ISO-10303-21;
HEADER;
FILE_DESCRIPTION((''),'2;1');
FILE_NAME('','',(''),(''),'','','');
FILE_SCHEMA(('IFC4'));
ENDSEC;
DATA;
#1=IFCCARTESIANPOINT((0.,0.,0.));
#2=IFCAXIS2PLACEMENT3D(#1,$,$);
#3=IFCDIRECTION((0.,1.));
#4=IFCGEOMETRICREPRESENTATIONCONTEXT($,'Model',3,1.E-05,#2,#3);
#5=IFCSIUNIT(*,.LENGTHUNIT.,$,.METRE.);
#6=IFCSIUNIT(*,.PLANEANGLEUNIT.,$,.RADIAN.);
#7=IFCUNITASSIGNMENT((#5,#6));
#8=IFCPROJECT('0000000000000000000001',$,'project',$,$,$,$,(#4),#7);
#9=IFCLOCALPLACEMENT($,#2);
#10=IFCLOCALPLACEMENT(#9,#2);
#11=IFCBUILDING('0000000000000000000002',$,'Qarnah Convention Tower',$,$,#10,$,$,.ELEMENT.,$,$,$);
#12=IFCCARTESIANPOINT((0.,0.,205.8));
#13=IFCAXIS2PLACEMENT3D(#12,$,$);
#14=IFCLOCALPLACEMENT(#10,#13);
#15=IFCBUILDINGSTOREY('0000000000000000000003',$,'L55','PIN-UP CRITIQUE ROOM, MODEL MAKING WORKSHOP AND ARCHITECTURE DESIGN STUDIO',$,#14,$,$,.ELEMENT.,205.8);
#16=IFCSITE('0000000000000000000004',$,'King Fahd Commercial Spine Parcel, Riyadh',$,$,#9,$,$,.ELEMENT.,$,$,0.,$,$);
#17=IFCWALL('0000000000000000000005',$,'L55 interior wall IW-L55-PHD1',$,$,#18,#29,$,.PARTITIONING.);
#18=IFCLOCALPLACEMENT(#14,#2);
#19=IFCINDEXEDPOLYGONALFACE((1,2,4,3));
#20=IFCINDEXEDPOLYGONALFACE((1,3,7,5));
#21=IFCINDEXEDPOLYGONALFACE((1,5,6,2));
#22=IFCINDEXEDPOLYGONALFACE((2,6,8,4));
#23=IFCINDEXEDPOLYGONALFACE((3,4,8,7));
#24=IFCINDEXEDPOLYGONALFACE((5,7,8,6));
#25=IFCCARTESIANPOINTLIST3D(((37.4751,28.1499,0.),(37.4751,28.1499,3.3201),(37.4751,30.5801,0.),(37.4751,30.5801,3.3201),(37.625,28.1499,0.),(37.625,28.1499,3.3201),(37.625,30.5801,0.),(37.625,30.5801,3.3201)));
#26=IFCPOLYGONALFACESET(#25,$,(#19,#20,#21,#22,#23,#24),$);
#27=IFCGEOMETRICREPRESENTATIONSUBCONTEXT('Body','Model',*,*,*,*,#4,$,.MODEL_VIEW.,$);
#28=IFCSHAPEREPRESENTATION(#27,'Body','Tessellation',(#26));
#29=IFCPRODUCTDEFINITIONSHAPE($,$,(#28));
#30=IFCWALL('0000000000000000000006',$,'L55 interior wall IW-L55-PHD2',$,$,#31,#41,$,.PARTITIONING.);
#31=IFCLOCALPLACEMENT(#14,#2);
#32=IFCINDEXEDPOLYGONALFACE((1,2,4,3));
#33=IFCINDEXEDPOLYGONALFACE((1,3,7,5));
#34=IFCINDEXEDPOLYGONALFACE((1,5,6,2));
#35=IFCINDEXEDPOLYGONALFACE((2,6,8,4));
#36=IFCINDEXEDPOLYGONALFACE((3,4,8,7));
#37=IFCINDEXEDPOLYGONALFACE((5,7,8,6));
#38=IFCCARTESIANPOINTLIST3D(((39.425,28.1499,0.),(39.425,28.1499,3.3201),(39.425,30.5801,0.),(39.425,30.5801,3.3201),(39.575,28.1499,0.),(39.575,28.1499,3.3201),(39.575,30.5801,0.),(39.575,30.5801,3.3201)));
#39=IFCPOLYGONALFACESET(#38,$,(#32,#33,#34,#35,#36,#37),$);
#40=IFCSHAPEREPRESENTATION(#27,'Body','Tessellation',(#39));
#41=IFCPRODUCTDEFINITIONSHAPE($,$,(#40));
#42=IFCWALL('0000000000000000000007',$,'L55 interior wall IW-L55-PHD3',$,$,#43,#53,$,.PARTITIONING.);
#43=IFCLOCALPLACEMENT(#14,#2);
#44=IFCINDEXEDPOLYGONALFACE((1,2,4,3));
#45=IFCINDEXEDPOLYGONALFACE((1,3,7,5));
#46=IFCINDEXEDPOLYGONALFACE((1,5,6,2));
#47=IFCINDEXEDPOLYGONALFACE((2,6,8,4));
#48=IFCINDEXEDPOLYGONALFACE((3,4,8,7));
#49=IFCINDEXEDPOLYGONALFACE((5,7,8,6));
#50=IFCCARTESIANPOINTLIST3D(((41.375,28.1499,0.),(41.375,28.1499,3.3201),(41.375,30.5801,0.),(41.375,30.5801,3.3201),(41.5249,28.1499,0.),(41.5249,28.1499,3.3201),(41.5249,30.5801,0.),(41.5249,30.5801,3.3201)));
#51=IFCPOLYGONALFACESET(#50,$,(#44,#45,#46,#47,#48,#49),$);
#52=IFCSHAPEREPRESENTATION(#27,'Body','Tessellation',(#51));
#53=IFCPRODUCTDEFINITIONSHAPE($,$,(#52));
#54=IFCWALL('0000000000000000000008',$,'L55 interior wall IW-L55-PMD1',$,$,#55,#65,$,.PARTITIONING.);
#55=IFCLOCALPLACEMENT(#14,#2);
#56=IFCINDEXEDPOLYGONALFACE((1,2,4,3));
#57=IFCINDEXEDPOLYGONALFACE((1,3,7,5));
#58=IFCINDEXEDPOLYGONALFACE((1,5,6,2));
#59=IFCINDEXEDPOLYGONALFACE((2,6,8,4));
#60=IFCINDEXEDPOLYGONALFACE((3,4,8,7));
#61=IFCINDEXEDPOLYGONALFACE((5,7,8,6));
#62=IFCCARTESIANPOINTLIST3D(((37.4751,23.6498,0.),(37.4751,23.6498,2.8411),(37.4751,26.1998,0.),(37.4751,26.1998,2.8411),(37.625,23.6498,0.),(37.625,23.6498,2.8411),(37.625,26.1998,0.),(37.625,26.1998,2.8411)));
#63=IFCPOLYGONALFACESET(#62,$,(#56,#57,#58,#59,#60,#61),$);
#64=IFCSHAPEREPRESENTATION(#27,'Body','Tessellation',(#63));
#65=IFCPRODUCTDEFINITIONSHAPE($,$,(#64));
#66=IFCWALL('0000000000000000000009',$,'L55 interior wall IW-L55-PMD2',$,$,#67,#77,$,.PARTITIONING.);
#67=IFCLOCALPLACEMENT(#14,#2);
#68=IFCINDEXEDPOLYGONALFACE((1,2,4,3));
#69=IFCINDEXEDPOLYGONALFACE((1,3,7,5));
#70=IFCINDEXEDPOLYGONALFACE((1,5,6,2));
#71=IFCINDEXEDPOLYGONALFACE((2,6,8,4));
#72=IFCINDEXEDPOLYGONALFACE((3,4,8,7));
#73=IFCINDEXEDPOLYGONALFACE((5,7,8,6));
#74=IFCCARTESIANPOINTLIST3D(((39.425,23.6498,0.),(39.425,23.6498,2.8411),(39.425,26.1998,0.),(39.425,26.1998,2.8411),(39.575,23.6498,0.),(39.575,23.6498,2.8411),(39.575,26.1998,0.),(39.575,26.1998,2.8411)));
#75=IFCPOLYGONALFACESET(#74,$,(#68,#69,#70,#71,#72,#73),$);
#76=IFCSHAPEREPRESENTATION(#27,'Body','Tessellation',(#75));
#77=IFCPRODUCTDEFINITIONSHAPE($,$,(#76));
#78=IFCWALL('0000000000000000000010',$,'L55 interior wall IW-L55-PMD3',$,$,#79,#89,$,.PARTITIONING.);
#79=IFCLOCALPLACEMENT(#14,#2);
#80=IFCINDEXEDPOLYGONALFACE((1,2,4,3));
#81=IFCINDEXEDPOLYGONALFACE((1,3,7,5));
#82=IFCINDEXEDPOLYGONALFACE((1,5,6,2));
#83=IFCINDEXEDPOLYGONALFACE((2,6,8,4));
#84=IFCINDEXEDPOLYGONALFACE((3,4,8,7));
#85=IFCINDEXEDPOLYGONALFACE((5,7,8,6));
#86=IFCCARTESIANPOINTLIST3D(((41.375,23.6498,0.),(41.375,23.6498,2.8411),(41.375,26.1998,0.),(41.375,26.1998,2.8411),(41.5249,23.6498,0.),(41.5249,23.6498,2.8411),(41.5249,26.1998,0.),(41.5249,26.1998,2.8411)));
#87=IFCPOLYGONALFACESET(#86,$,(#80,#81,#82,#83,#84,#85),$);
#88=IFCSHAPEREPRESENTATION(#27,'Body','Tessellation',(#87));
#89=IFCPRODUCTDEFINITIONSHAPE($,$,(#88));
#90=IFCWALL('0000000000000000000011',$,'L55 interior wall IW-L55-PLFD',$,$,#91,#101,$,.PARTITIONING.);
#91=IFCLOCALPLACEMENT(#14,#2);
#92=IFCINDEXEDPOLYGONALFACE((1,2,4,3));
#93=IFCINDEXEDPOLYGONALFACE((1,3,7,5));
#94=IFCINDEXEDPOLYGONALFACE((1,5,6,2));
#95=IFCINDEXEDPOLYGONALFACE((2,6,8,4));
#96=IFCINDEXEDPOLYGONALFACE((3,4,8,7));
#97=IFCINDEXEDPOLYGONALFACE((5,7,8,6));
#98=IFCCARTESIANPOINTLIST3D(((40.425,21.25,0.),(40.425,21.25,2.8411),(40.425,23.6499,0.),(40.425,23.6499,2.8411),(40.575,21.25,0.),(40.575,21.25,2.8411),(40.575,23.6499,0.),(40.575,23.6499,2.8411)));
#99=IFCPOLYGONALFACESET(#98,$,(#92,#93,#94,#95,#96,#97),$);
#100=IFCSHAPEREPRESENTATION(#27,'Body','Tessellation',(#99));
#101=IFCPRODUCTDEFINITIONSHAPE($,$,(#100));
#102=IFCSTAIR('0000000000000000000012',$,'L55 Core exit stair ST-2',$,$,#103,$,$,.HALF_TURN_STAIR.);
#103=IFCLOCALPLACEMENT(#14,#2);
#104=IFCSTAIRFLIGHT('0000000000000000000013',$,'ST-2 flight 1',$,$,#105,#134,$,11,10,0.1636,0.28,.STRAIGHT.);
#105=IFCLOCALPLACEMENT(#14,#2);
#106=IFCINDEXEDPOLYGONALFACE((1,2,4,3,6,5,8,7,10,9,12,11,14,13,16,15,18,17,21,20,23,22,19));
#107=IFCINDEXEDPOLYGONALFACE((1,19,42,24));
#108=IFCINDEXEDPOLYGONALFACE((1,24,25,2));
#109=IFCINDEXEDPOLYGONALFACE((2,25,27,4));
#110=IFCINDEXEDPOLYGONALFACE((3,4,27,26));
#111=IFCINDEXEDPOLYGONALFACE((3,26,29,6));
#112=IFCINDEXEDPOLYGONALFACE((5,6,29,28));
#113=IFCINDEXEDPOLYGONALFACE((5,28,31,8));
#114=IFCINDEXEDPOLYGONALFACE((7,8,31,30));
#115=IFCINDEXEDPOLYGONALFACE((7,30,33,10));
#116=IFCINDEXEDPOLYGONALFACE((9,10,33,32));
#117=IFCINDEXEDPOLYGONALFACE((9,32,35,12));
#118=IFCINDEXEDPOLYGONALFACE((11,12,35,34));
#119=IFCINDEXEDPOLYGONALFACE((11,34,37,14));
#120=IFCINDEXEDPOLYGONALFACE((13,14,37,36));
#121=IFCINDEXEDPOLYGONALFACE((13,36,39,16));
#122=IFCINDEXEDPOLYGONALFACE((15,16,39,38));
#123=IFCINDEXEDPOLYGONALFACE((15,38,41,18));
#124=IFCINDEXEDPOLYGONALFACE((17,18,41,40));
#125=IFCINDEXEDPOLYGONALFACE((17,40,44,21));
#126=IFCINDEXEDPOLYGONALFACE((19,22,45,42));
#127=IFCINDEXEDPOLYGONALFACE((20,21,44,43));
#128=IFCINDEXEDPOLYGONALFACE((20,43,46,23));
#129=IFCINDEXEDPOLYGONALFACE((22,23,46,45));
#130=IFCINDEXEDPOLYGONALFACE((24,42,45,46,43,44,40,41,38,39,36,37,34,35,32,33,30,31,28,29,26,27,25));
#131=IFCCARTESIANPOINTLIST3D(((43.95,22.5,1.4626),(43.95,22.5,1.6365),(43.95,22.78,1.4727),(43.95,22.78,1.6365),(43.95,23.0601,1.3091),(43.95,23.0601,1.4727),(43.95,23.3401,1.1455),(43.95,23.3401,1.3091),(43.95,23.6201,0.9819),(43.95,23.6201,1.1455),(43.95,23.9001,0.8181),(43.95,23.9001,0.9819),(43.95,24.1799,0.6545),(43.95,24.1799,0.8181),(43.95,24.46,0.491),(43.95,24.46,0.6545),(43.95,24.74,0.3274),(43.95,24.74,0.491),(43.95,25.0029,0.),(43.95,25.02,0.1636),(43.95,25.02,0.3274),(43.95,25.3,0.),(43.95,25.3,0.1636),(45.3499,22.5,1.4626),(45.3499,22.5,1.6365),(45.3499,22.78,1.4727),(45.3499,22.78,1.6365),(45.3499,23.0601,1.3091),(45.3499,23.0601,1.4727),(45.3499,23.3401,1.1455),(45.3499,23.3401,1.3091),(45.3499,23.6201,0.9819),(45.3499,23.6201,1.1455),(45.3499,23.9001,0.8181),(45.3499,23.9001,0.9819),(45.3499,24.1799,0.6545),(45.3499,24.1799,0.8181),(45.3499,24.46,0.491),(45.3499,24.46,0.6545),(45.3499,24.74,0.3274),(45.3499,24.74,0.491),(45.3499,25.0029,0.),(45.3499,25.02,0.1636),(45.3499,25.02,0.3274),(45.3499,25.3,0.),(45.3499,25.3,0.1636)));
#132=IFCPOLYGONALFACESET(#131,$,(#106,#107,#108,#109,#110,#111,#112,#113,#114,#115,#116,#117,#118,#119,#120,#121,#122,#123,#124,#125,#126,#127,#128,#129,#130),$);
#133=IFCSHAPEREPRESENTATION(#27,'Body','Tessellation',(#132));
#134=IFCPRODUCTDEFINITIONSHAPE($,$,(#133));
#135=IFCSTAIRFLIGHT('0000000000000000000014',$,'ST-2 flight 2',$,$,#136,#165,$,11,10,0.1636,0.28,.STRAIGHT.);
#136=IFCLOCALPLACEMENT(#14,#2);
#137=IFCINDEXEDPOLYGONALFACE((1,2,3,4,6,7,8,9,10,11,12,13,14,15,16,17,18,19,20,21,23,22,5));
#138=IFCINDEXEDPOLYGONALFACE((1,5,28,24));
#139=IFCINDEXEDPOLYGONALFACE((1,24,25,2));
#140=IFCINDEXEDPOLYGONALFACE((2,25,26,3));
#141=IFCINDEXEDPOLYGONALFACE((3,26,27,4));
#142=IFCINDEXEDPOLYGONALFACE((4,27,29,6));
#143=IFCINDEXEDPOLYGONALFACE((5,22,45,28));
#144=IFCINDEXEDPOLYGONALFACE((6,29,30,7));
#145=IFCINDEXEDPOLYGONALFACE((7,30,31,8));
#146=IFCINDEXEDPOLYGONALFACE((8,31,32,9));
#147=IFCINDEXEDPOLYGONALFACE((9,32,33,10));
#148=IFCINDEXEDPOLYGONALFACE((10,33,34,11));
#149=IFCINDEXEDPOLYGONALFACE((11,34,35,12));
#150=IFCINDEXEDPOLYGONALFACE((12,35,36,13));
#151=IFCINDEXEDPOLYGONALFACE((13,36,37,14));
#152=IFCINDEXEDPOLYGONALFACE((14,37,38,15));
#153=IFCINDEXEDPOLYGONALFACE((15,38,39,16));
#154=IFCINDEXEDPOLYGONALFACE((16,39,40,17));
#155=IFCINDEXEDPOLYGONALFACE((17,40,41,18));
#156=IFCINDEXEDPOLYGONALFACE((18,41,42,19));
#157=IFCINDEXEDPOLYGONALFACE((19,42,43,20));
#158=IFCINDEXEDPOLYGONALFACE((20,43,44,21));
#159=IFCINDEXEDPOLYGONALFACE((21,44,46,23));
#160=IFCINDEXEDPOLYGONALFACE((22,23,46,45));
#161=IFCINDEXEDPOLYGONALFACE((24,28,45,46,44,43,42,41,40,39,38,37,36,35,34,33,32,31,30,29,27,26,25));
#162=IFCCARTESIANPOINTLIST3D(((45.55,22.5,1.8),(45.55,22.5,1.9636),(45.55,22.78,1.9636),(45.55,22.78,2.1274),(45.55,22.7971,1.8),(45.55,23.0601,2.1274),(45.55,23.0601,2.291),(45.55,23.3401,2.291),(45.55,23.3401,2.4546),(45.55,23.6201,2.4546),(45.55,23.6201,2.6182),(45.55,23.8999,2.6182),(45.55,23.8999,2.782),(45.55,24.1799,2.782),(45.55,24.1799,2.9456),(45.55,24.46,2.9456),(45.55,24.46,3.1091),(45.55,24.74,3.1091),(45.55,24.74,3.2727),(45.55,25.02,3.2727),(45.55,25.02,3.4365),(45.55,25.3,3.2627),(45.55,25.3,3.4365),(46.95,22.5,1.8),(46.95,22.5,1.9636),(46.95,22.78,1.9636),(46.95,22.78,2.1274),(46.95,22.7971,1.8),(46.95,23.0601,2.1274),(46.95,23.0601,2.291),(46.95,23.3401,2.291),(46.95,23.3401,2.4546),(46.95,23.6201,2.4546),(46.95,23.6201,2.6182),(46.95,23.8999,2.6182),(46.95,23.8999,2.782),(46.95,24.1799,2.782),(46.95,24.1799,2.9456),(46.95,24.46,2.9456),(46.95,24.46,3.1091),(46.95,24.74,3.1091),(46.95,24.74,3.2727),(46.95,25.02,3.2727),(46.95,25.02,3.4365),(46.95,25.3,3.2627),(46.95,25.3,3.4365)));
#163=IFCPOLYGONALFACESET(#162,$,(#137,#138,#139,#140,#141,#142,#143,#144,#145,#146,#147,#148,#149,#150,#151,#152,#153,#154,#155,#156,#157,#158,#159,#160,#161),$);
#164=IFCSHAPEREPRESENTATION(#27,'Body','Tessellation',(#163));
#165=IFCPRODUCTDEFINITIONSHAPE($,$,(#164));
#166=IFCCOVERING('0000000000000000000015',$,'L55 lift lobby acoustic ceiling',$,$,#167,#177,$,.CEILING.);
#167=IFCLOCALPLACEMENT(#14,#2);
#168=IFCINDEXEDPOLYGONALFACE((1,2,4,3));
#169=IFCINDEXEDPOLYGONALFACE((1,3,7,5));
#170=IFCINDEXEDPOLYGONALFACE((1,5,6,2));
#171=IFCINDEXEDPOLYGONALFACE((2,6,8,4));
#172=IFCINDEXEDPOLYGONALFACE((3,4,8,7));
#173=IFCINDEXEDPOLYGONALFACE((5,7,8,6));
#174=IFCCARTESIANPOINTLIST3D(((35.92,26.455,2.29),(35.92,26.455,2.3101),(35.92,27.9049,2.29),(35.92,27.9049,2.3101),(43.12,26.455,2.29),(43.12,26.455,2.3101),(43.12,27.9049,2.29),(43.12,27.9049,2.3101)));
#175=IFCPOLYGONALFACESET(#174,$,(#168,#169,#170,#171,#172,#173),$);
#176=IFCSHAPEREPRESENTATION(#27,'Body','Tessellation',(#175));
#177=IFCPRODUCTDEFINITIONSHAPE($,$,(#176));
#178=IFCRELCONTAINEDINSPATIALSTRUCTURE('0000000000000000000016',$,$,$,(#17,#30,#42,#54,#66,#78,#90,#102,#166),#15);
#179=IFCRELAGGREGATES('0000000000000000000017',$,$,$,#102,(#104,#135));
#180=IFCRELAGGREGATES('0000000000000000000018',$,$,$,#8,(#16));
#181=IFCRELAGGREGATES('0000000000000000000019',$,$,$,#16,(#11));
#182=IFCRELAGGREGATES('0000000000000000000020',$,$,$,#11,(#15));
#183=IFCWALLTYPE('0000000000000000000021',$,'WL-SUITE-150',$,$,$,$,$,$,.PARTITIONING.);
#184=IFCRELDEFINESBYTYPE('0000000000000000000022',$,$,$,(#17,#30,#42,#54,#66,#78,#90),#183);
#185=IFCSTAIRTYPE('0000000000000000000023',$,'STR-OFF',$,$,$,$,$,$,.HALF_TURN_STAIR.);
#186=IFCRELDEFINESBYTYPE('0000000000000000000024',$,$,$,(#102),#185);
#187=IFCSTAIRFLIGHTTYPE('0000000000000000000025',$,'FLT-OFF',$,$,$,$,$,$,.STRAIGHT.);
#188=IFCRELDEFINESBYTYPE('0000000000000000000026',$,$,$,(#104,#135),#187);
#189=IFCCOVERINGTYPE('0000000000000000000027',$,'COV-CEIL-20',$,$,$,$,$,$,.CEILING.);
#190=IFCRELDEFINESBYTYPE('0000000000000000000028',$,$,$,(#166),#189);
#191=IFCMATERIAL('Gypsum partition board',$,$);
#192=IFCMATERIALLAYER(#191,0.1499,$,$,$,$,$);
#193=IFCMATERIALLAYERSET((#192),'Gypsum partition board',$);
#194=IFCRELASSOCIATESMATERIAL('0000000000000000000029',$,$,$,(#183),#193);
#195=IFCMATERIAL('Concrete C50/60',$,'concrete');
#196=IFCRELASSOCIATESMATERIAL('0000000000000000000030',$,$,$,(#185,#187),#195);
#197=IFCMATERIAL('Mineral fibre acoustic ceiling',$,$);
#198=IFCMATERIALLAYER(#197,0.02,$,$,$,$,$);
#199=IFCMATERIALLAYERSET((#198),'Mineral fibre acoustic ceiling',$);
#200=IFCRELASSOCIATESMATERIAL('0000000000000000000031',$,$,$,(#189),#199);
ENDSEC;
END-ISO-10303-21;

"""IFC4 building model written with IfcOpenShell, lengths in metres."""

from ifc_helpers import new_model, si_unit, direction, frame, frame_2d, origin, origin_2d, place, context, subcontext, project, spatial, polyline, rectangle, outline, extrude, material, layer, layer_set, type_object, element, aggregate, save


model = new_model("IFC4")

# Units and contexts
model_context = context("Model", 3, precision=1e-05, world=origin(), true_north=direction((0.0, 1.0)))
body_context = subcontext(model_context, "Body", "Model", "MODEL_VIEW")
ifc_project = project(units=[si_unit("LENGTHUNIT", "METRE"), si_unit("PLANEANGLEUNIT", "RADIAN")], contexts=[model_context])

# Site, building, storey
site_placement = place(None, origin())
site = spatial("IfcSite", under=ifc_project, at=site_placement, Name="King Fahd Commercial Spine Parcel, Riyadh", CompositionType="ELEMENT", RefElevation=0.0)
building_placement = place(site_placement, origin())
building = spatial("IfcBuilding", under=site, at=building_placement, Name="Qarnah Convention Tower", CompositionType="ELEMENT")
storey_placement = place(building_placement, frame((0.0, 0.0, 205.8)))
storey = spatial("IfcBuildingStorey", under=building, at=storey_placement, Name="L55", Description="PIN-UP CRITIQUE ROOM, MODEL MAKING WORKSHOP AND ARCHITECTURE DESIGN STUDIO", CompositionType="ELEMENT", Elevation=205.8)

# Shared definitions
ifc_material_1 = material(Name="Concrete C50/60", Category="concrete")

# Walls
ifc_material_2 = material(Name="Gypsum partition board")
ifc_layer_1 = layer(ifc_material_2, 0.1499)
ifc_layer_set_1 = layer_set([ifc_layer_1], Name="Gypsum partition board")
wall_type_1 = type_object("IfcWallType", Name="WL-SUITE-150", PredefinedType="PARTITIONING", material=ifc_layer_set_1)
for number, where, z_axis, x_axis, name in (
    (1, (37.55, 28.1499, 0.0), (0.0, 0.0, 1.0), (0.0, 1.0, 0.0), "L55 interior wall IW-L55-PHD1"),
    (2, (39.5, 28.1499, 0.0), (0.0, 0.0, 1.0), (0.0, 1.0, 0.0), "L55 interior wall IW-L55-PHD2"),
    (3, (41.45, 28.1499, 0.0), (0.0, 0.0, 1.0), (0.0, 1.0, 0.0), "L55 interior wall IW-L55-PHD3"),
):
    element("IfcWall", number, at=place(storey_placement, frame(where, z_axis=z_axis, x_axis=x_axis)), inside=storey, type_object=wall_type_1, Name=name, PredefinedType="PARTITIONING", context=body_context, shape_type="SweptSolid", body=[
        extrude(rectangle(XDim=2.4302, YDim=0.1499, at=frame_2d((1.2151, 0.0))), origin(), (0.0, 0.0, 1.0), 3.3201),
    ])
for number, where, z_axis, x_axis, name in (
    (4, (37.55, 23.6499, 0.0), (0.0, 0.0, 1.0), (0.0, 1.0, 0.0), "L55 interior wall IW-L55-PMD1"),
    (5, (39.5, 23.6499, 0.0), (0.0, 0.0, 1.0), (0.0, 1.0, 0.0), "L55 interior wall IW-L55-PMD2"),
    (6, (41.45, 23.6499, 0.0), (0.0, 0.0, 1.0), (0.0, 1.0, 0.0), "L55 interior wall IW-L55-PMD3"),
):
    element("IfcWall", number, at=place(storey_placement, frame(where, z_axis=z_axis, x_axis=x_axis)), inside=storey, type_object=wall_type_1, Name=name, PredefinedType="PARTITIONING", context=body_context, shape_type="SweptSolid", body=[
        extrude(rectangle(XDim=2.55, YDim=0.1499, at=frame_2d((1.2749, 0.0))), origin(), (0.0, 0.0, 1.0), 2.8411),
    ])
wall_1_placement = place(storey_placement, frame((40.5, 21.25, 0.0), z_axis=(0.0, 0.0, 1.0), x_axis=(0.0, 1.0, 0.0)))
element("IfcWall", 7, at=wall_1_placement, inside=storey, type_object=wall_type_1, Name="L55 interior wall IW-L55-PLFD", PredefinedType="PARTITIONING", context=body_context, shape_type="SweptSolid", body=[
    extrude(rectangle(XDim=2.3999, YDim=0.1499, at=frame_2d((1.2, 0.0))), origin(), (0.0, 0.0, 1.0), 2.8411),
])

# Stair, stair flights
stair_type = type_object("IfcStairType", Name="STR-OFF", PredefinedType="HALF_TURN_STAIR", material=ifc_material_1)
stair_placement = place(storey_placement, origin())
stair = element("IfcStair", 8, at=stair_placement, inside=storey, type_object=stair_type, Name="L55 Core exit stair ST-2", PredefinedType="HALF_TURN_STAIR")
stair_flight_type = type_object("IfcStairFlightType", Name="FLT-OFF", PredefinedType="STRAIGHT", material=ifc_material_1)
stair_flight_1_placement = place(storey_placement, frame((44.6499, 25.3, 0.0), z_axis=(0.0, 0.0, 1.0), x_axis=(0.0, -1.0, 0.0)))
stair_flight_1 = element("IfcStairFlight", 9, at=stair_flight_1_placement, type_object=stair_flight_type, Name="ST-2 flight 1", NumberOfRisers=11, NumberOfTreads=10, PredefinedType="STRAIGHT", RiserHeight=0.1636, TreadLength=0.28, context=body_context, shape_type="SweptSolid", body=[
    extrude(outline(polyline([(0.0, 0.0), (0.0, 0.1636), (0.28, 0.1636), (0.28, 0.3274), (0.5601, 0.3274), (0.5601, 0.491), (0.8401, 0.491), (0.8401, 0.6545), (1.1201, 0.6545), (1.1201, 0.8181), (1.3999, 0.8181), (1.3999, 0.9819), (1.6799, 0.9819), (1.6799, 1.1455), (1.96, 1.1455), (1.96, 1.3091), (2.24, 1.3091), (2.24, 1.4727), (2.52, 1.4727), (2.52, 1.6365), (2.8, 1.6365), (2.8, 1.8), (2.8, 1.4626), (0.2971, 0.0), (0.0, 0.0)])), frame((0.0, 0.7, 0.0), z_axis=(0.0, -1.0, 0.0), x_axis=(1.0, 0.0, 0.0)), (0.0, 0.0, 1.0), 1.3999),
])
stair_flight_2_placement = place(storey_placement, frame((46.25, 22.5, 1.8), z_axis=(0.0, 0.0, 1.0), x_axis=(0.0, 1.0, 0.0)))
stair_flight_2 = element("IfcStairFlight", 10, at=stair_flight_2_placement, type_object=stair_flight_type, Name="ST-2 flight 2", NumberOfRisers=11, NumberOfTreads=10, PredefinedType="STRAIGHT", RiserHeight=0.1636, TreadLength=0.28, context=body_context, shape_type="SweptSolid", body=[
    extrude(outline(polyline([(0.0, 0.0), (0.0, 0.1636), (0.28, 0.1636), (0.28, 0.3274), (0.5601, 0.3274), (0.5601, 0.491), (0.8401, 0.491), (0.8401, 0.6545), (1.1201, 0.6545), (1.1201, 0.8181), (1.3999, 0.8181), (1.3999, 0.9819), (1.6799, 0.9819), (1.6799, 1.1455), (1.96, 1.1455), (1.96, 1.3091), (2.24, 1.3091), (2.24, 1.4727), (2.52, 1.4727), (2.52, 1.6365), (2.8, 1.6365), (2.8, 1.8), (2.8, 1.4626), (0.2971, 0.0), (0.0, 0.0)])), frame((0.0, 0.7, 0.0), z_axis=(0.0, -1.0, 0.0), x_axis=(1.0, 0.0, 0.0)), (0.0, 0.0, 1.0), 1.3999),
])
aggregate(stair, [stair_flight_1, stair_flight_2])

# Covering
ifc_material_3 = material(Name="Mineral fibre acoustic ceiling")
ifc_layer_2 = layer(ifc_material_3, 0.02)
ifc_layer_set_2 = layer_set([ifc_layer_2], Name="Mineral fibre acoustic ceiling")
covering_type = type_object("IfcCoveringType", Name="COV-CEIL-20", PredefinedType="CEILING", material=ifc_layer_set_2)
covering_placement = place(storey_placement, frame((39.52, 27.1799, 2.29), z_axis=(0.0, 0.0, 1.0), x_axis=(1.0, 0.0, 0.0)))
element("IfcCovering", 11, at=covering_placement, inside=storey, type_object=covering_type, Name="L55 lift lobby acoustic ceiling", PredefinedType="CEILING", context=body_context, shape_type="SweptSolid", body=[
    extrude(rectangle(XDim=7.2, YDim=1.45, at=origin_2d()), origin(), (0.0, 0.0, 1.0), 0.02),
])

save(model, "model.ifc")
